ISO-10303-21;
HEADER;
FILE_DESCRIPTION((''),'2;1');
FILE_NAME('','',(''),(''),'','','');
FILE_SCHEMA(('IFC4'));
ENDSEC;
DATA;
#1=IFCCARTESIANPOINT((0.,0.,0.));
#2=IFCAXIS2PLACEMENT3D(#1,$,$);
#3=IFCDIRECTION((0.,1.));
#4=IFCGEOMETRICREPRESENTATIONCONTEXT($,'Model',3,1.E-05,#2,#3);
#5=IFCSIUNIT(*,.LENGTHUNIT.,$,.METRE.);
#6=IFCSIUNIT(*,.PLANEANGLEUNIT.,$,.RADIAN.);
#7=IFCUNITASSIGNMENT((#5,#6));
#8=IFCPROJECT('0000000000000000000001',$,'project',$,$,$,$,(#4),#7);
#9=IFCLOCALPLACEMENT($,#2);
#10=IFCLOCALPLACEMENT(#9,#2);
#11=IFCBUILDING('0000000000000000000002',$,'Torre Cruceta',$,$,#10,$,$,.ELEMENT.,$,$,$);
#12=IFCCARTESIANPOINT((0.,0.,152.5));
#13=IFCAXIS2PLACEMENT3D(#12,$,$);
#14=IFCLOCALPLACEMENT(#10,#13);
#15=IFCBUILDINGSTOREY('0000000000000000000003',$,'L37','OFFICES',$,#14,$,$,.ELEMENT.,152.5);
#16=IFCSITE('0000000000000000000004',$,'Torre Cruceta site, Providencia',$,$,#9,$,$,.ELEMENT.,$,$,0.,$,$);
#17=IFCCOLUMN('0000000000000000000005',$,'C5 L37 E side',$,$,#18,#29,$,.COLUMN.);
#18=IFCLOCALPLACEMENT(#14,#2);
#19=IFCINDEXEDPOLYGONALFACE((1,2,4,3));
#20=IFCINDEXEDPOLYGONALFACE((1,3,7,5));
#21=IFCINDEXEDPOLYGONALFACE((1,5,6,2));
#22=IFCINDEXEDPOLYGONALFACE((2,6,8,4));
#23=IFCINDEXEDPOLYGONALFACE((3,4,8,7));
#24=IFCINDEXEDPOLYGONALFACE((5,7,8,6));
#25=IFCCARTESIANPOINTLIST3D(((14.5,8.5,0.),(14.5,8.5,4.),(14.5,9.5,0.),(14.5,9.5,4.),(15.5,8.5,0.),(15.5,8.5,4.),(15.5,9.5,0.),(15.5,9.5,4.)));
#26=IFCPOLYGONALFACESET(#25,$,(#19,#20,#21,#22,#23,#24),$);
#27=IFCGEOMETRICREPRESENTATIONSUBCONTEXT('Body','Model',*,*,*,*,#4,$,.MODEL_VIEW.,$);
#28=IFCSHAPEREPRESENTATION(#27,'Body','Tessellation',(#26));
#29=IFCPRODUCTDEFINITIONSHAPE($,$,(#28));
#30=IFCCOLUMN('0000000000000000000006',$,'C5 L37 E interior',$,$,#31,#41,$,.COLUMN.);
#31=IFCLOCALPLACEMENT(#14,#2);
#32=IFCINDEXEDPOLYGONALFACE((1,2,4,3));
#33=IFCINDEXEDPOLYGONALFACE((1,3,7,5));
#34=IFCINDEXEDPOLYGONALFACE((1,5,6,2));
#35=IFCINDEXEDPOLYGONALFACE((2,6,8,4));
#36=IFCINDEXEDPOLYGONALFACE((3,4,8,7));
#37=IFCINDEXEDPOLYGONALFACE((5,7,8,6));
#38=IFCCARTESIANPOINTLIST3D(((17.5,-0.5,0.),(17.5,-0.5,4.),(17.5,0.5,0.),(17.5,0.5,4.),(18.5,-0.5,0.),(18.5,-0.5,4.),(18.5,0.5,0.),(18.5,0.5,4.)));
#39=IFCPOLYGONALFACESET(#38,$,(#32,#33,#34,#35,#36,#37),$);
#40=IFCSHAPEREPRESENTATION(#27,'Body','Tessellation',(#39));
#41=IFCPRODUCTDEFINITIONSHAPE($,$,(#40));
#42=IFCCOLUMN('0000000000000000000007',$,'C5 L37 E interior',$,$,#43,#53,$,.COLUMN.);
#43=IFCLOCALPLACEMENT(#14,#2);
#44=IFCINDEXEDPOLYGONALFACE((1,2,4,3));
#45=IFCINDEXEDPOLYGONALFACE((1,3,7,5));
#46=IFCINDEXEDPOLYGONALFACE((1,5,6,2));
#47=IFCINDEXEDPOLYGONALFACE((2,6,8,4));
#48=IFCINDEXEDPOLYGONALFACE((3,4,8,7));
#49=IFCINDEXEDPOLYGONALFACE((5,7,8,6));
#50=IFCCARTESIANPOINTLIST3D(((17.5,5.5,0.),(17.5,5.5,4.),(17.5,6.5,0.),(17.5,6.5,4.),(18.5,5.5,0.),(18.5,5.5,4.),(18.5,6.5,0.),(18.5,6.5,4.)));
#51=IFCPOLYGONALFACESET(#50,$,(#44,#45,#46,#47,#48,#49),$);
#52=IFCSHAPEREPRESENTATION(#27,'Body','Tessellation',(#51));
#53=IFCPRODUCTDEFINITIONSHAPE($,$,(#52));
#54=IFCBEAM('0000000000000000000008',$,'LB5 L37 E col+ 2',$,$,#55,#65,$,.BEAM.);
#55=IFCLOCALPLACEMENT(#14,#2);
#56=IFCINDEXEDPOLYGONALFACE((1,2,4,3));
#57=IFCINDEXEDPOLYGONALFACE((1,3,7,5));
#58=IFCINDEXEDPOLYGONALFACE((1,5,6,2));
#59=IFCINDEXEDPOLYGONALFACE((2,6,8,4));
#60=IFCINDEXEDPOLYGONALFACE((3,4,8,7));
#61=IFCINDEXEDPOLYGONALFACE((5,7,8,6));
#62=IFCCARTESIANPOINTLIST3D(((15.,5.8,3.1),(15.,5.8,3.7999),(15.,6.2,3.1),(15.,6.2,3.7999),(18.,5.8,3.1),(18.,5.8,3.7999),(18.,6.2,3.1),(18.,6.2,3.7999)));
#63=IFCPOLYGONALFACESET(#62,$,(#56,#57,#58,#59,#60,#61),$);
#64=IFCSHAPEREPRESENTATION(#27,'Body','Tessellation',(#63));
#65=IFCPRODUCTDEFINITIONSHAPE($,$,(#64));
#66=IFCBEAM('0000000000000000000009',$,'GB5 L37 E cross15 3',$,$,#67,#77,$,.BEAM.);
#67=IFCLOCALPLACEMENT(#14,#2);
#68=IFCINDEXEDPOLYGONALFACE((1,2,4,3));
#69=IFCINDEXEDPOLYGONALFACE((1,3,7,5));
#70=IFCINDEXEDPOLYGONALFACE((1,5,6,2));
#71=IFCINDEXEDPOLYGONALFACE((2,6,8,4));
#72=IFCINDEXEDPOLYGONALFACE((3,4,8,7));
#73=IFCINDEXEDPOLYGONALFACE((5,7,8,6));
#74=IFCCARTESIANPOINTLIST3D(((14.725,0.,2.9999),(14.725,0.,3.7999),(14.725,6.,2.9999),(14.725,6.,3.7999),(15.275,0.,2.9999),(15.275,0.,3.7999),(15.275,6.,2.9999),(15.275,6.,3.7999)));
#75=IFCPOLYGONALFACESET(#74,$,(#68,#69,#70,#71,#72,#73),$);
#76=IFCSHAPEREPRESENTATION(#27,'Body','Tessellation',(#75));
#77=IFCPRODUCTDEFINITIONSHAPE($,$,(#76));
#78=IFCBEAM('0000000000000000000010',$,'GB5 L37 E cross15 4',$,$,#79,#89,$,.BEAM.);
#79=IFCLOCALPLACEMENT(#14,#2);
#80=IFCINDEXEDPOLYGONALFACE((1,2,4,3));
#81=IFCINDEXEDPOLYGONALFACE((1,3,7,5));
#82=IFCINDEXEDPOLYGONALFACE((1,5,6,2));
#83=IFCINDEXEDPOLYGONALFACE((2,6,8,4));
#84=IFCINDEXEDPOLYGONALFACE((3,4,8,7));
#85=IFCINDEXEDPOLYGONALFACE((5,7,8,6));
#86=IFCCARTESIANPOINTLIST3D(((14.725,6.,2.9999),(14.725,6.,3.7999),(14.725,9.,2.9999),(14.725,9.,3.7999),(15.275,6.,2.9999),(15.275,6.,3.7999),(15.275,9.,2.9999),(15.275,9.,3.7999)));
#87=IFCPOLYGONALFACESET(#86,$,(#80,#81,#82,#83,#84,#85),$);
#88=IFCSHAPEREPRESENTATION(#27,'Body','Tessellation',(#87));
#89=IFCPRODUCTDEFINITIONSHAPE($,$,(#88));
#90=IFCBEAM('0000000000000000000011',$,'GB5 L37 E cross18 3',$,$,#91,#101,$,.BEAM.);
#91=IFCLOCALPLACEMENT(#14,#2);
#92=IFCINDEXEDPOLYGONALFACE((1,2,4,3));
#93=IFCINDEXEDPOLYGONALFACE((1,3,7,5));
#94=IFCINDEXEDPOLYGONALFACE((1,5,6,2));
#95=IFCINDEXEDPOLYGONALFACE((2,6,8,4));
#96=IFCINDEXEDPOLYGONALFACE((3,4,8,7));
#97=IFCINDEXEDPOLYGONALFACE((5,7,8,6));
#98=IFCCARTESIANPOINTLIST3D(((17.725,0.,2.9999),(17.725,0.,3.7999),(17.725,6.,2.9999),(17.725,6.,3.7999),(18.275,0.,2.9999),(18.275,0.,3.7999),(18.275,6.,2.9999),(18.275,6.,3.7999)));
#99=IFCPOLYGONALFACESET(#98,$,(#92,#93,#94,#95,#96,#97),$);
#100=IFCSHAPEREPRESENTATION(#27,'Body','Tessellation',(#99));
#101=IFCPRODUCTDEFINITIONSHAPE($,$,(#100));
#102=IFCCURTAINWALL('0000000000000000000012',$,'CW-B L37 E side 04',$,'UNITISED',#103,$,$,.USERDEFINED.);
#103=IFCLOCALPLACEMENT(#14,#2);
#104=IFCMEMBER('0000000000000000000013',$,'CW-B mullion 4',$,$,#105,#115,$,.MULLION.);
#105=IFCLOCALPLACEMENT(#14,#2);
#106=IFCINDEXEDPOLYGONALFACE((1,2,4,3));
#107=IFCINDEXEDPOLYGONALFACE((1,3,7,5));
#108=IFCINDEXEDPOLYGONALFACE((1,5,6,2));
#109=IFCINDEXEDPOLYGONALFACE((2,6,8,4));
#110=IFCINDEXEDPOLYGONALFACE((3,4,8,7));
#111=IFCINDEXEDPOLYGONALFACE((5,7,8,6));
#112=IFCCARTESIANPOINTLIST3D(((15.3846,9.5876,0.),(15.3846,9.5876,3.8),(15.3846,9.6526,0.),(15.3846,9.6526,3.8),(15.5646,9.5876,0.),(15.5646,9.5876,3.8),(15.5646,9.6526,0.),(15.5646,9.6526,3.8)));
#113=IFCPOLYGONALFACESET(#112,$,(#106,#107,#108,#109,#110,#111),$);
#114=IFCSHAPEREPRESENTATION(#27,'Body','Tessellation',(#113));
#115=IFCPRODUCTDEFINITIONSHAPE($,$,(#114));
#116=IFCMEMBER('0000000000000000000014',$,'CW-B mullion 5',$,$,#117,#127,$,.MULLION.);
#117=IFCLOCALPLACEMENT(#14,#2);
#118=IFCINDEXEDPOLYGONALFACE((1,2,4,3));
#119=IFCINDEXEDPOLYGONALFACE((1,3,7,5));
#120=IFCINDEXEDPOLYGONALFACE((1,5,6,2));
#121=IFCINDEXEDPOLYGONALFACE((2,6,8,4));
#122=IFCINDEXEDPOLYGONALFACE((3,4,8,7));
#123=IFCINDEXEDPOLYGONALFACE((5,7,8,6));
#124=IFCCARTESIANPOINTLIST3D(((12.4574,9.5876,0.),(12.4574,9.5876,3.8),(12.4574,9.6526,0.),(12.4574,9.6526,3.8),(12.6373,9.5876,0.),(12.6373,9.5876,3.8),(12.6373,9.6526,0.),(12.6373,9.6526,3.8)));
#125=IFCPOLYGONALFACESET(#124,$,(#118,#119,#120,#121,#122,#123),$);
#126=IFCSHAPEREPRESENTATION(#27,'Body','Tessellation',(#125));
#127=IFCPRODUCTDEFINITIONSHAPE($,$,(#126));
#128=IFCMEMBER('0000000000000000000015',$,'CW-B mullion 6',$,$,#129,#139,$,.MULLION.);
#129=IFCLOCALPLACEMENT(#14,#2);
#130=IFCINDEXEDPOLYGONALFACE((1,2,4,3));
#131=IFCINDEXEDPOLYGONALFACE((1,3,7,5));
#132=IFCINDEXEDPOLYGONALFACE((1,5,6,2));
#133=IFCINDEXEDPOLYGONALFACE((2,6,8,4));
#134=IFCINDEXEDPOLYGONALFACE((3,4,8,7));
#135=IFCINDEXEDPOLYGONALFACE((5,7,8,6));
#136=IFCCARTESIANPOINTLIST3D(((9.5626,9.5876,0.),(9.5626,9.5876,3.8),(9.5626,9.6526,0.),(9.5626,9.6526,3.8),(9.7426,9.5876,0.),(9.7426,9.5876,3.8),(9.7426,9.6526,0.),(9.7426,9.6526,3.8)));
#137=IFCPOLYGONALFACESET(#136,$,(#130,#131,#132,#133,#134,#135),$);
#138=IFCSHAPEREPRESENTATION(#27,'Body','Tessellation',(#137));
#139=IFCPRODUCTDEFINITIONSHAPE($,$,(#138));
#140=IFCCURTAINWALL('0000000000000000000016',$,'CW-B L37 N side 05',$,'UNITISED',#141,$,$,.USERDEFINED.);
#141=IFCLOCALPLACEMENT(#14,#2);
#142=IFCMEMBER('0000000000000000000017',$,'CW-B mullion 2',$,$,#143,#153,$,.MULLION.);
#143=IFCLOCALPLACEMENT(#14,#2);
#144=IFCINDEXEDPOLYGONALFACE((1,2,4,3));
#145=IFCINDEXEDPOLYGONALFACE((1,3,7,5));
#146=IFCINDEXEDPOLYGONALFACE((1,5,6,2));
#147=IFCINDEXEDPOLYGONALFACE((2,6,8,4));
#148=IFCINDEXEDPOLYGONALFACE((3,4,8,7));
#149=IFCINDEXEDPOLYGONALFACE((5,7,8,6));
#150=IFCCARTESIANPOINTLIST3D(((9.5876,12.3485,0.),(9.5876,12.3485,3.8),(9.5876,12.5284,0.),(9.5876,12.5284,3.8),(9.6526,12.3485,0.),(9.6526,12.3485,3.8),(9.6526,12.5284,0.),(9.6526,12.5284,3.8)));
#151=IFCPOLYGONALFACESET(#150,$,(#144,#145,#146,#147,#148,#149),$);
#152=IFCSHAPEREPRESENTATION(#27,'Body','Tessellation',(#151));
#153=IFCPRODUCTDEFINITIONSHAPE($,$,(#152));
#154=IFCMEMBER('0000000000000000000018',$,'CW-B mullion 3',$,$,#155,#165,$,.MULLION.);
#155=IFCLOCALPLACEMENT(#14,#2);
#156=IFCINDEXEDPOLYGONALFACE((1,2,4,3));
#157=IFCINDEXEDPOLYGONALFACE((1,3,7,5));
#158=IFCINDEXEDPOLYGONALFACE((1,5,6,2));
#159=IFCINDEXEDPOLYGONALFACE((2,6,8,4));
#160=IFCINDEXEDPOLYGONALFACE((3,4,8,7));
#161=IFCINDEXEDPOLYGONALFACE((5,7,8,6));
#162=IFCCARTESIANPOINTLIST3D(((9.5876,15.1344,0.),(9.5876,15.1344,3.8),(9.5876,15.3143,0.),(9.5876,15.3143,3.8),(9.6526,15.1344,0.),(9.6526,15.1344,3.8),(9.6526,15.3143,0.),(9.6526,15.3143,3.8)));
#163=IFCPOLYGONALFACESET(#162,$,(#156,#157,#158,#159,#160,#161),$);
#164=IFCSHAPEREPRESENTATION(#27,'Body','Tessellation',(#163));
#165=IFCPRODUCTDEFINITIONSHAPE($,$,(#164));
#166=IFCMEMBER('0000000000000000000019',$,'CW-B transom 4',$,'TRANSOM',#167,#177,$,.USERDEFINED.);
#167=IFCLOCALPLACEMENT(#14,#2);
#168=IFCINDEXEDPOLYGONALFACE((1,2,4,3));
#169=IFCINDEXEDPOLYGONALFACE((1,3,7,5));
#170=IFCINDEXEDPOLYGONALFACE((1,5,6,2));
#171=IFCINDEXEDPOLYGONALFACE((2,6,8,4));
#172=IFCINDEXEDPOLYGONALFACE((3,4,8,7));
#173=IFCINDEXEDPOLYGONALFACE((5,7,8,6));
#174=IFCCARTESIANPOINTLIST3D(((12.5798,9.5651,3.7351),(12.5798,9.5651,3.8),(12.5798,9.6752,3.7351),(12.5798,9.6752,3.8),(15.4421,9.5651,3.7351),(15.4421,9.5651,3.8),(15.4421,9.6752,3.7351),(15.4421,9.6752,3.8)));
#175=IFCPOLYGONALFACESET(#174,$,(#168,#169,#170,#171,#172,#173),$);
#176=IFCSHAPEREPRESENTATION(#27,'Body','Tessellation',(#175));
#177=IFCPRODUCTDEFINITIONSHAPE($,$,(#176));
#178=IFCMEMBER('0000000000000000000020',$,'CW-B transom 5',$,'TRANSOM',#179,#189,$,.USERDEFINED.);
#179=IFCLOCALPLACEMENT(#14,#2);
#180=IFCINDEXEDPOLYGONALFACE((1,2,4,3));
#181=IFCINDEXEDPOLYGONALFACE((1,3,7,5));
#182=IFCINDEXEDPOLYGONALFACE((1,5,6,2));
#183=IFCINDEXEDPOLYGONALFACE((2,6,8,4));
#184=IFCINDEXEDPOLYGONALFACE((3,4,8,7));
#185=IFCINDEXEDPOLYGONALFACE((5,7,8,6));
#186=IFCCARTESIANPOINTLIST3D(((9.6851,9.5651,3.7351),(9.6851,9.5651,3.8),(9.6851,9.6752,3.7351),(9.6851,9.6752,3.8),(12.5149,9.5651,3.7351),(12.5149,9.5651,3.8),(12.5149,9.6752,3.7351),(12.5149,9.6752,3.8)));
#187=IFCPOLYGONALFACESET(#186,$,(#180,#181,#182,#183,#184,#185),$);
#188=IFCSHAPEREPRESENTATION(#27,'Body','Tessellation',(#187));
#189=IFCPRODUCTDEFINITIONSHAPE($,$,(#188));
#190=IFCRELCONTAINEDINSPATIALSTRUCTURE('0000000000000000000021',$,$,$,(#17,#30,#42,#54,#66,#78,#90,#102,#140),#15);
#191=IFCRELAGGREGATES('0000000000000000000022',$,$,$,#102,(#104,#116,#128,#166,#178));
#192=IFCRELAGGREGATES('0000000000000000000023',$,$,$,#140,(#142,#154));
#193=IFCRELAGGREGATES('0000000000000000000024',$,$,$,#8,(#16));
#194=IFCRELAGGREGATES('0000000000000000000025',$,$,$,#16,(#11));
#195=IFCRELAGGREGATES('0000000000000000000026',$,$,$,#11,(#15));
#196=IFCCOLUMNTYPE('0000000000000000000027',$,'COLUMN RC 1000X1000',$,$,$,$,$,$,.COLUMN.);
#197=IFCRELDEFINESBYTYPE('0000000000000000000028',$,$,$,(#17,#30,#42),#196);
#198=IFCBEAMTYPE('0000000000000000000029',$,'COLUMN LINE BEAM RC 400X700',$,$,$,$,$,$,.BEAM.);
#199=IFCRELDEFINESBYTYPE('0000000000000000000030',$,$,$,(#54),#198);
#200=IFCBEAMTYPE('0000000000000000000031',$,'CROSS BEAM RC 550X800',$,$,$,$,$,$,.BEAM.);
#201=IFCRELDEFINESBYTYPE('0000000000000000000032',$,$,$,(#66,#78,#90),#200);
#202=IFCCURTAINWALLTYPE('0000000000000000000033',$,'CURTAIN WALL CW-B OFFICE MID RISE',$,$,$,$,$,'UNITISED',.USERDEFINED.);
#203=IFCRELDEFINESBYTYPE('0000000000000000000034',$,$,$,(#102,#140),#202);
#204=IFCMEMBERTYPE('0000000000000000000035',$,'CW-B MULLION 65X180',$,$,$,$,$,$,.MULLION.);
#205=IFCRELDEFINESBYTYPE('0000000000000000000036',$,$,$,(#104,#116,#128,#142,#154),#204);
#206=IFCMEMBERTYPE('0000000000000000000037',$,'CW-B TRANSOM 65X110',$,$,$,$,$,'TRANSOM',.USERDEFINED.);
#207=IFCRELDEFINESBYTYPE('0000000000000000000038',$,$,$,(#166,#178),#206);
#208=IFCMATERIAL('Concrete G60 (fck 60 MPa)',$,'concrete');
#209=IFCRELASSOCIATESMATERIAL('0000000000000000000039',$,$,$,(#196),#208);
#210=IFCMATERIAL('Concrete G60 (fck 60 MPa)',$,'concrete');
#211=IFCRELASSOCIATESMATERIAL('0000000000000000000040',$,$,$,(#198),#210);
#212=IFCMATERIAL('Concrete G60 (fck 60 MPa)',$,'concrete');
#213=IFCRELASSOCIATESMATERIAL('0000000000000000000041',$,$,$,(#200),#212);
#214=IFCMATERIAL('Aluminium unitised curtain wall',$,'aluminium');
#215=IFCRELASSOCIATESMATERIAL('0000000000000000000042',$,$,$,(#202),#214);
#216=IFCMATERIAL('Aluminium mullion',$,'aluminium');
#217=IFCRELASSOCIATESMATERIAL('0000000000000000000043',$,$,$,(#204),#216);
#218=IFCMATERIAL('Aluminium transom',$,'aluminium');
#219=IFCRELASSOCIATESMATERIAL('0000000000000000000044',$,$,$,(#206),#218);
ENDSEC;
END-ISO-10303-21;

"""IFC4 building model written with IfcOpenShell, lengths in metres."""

from ifc_helpers import new_model, si_unit, direction, frame, origin, origin_2d, place, context, subcontext, project, spatial, rectangle, extrude, material, material_profile, profile_set, type_object, element, aggregate, save


model = new_model("IFC4")

# Units and contexts
model_context = context("Model", 3, precision=1e-05, world=origin(), true_north=direction((0.0, 1.0)))
body_context = subcontext(model_context, "Body", "Model", "MODEL_VIEW")
ifc_project = project(units=[si_unit("LENGTHUNIT", "METRE"), si_unit("PLANEANGLEUNIT", "RADIAN")], contexts=[model_context])

# Site, building, storey
site_placement = place(None, origin())
site = spatial("IfcSite", under=ifc_project, at=site_placement, Name="Torre Cruceta site, Providencia", CompositionType="ELEMENT", RefElevation=0.0)
building_placement = place(site_placement, origin())
building = spatial("IfcBuilding", under=site, at=building_placement, Name="Torre Cruceta", CompositionType="ELEMENT")
storey_placement = place(building_placement, frame((0.0, 0.0, 152.5)))
storey = spatial("IfcBuildingStorey", under=building, at=storey_placement, Name="L37", Description="OFFICES", CompositionType="ELEMENT", Elevation=152.5)

# Columns
ifc_material_1 = material(Name="Concrete G60 (fck 60 MPa)", Category="concrete")
ifc_material_profile_1 = material_profile(ifc_material_1, rectangle(XDim=1.0, YDim=1.0, at=origin_2d()), Name="RC 1000X1000")
ifc_profile_set_1 = profile_set([ifc_material_profile_1], Name="Concrete G60 (fck 60 MPa)")
column_type = type_object("IfcColumnType", Name="COLUMN RC 1000X1000", PredefinedType="COLUMN", material=ifc_profile_set_1)
for number, where, z_axis, x_axis, name in (
    (1, (15.0, 9.0, 0.0), (0.0, 0.0, 1.0), (1.0, 0.0, 0.0), "C5 L37 E side"),
    (2, (18.0, 0.0, 0.0), (0.0, 0.0, 1.0), (1.0, 0.0, 0.0), "C5 L37 E interior"),
    (3, (18.0, 6.0, 0.0), (0.0, 0.0, 1.0), (1.0, 0.0, 0.0), "C5 L37 E interior"),
):
    element("IfcColumn", number, at=place(storey_placement, frame(where, z_axis=z_axis, x_axis=x_axis)), inside=storey, type_object=column_type, Name=name, PredefinedType="COLUMN", context=body_context, shape_type="SweptSolid", body=[
        extrude(rectangle(XDim=1.0, YDim=1.0, at=origin_2d()), origin(), (0.0, 0.0, 1.0), 4.0),
    ])

# Beams
ifc_material_2 = material(Name="Concrete G60 (fck 60 MPa)", Category="concrete")
ifc_material_profile_2 = material_profile(ifc_material_2, rectangle(XDim=0.3999, YDim=0.7, at=origin_2d()), Name="RC 400X700")
ifc_profile_set_2 = profile_set([ifc_material_profile_2], Name="Concrete G60 (fck 60 MPa)")
beam_type_1 = type_object("IfcBeamType", Name="COLUMN LINE BEAM RC 400X700", PredefinedType="BEAM", material=ifc_profile_set_2)
beam_1_placement = place(storey_placement, frame((15.0, 6.0, 3.45), z_axis=(1.0, 0.0, 0.0), x_axis=(0.0, 1.0, 0.0)))
element("IfcBeam", 4, at=beam_1_placement, inside=storey, type_object=beam_type_1, Name="LB5 L37 E col+ 2", PredefinedType="BEAM", context=body_context, shape_type="SweptSolid", body=[
    extrude(rectangle(XDim=0.3999, YDim=0.7, at=origin_2d()), origin(), (0.0, 0.0, 1.0), 3.0),
])
ifc_material_3 = material(Name="Concrete G60 (fck 60 MPa)", Category="concrete")
ifc_material_profile_3 = material_profile(ifc_material_3, rectangle(XDim=0.55, YDim=0.8, at=origin_2d()), Name="RC 550X800")
ifc_profile_set_3 = profile_set([ifc_material_profile_3], Name="Concrete G60 (fck 60 MPa)")
beam_type_2 = type_object("IfcBeamType", Name="CROSS BEAM RC 550X800", PredefinedType="BEAM", material=ifc_profile_set_3)
beam_2_placement = place(storey_placement, frame((15.0, 0.0, 3.3999), z_axis=(0.0, 1.0, 0.0), x_axis=(-1.0, 0.0, 0.0)))
element("IfcBeam", 5, at=beam_2_placement, inside=storey, type_object=beam_type_2, Name="GB5 L37 E cross15 3", PredefinedType="BEAM", context=body_context, shape_type="SweptSolid", body=[
    extrude(rectangle(XDim=0.55, YDim=0.8, at=origin_2d()), origin(), (0.0, 0.0, 1.0), 6.0),
])
beam_3_placement = place(storey_placement, frame((15.0, 6.0, 3.3999), z_axis=(0.0, 1.0, 0.0), x_axis=(-1.0, 0.0, 0.0)))
element("IfcBeam", 6, at=beam_3_placement, inside=storey, type_object=beam_type_2, Name="GB5 L37 E cross15 4", PredefinedType="BEAM", context=body_context, shape_type="SweptSolid", body=[
    extrude(rectangle(XDim=0.55, YDim=0.8, at=origin_2d()), origin(), (0.0, 0.0, 1.0), 3.0),
])
beam_4_placement = place(storey_placement, frame((18.0, 0.0, 3.3999), z_axis=(0.0, 1.0, 0.0), x_axis=(-1.0, 0.0, 0.0)))
element("IfcBeam", 7, at=beam_4_placement, inside=storey, type_object=beam_type_2, Name="GB5 L37 E cross18 3", PredefinedType="BEAM", context=body_context, shape_type="SweptSolid", body=[
    extrude(rectangle(XDim=0.55, YDim=0.8, at=origin_2d()), origin(), (0.0, 0.0, 1.0), 6.0),
])

# Curtain walls, members
ifc_material_4 = material(Name="Aluminium unitised curtain wall", Category="aluminium")
curtain_wall_type = type_object("IfcCurtainWallType", Name="CURTAIN WALL CW-B OFFICE MID RISE", ElementType="UNITISED", PredefinedType="USERDEFINED", material=ifc_material_4)
curtain_wall_1_placement = place(storey_placement, origin())
curtain_wall_1 = element("IfcCurtainWall", 8, at=curtain_wall_1_placement, inside=storey, type_object=curtain_wall_type, Name="CW-B L37 E side 04", ObjectType="UNITISED", PredefinedType="USERDEFINED")
ifc_material_5 = material(Name="Aluminium mullion", Category="aluminium")
ifc_material_profile_4 = material_profile(ifc_material_5, rectangle(XDim=0.0649, YDim=0.1799, at=origin_2d()), Name="AL 65X180")
ifc_profile_set_4 = profile_set([ifc_material_profile_4], Name="Aluminium mullion")
member_type_1 = type_object("IfcMemberType", Name="CW-B MULLION 65X180", PredefinedType="MULLION", material=ifc_profile_set_4)
member_1_placement = place(storey_placement, frame((15.4746, 9.6201, 0.0), z_axis=(0.0, 0.0, 1.0), x_axis=(0.0, -1.0, 0.0)))
member_1 = element("IfcMember", 9, at=member_1_placement, type_object=member_type_1, Name="CW-B mullion 4", PredefinedType="MULLION", context=body_context, shape_type="SweptSolid", body=[
    extrude(rectangle(XDim=0.0649, YDim=0.1799, at=origin_2d()), origin(), (0.0, 0.0, 1.0), 3.8),
])
member_2_placement = place(storey_placement, frame((12.5474, 9.6201, 0.0), z_axis=(0.0, 0.0, 1.0), x_axis=(0.0, -1.0, 0.0)))
member_2 = element("IfcMember", 10, at=member_2_placement, type_object=member_type_1, Name="CW-B mullion 5", PredefinedType="MULLION", context=body_context, shape_type="SweptSolid", body=[
    extrude(rectangle(XDim=0.0649, YDim=0.1799, at=origin_2d()), origin(), (0.0, 0.0, 1.0), 3.8),
])
member_3_placement = place(storey_placement, frame((9.6526, 9.6201, 0.0), z_axis=(0.0, 0.0, 1.0), x_axis=(0.0, -1.0, 0.0)))
member_3 = element("IfcMember", 11, at=member_3_placement, type_object=member_type_1, Name="CW-B mullion 6", PredefinedType="MULLION", context=body_context, shape_type="SweptSolid", body=[
    extrude(rectangle(XDim=0.0649, YDim=0.1799, at=origin_2d()), origin(), (0.0, 0.0, 1.0), 3.8),
])
curtain_wall_2_placement = place(storey_placement, origin())
curtain_wall_2 = element("IfcCurtainWall", 12, at=curtain_wall_2_placement, inside=storey, type_object=curtain_wall_type, Name="CW-B L37 N side 05", ObjectType="UNITISED", PredefinedType="USERDEFINED")
member_4_placement = place(storey_placement, frame((9.6201, 12.4385, 0.0), z_axis=(0.0, 0.0, 1.0), x_axis=(-1.0, 0.0, 0.0)))
member_4 = element("IfcMember", 13, at=member_4_placement, type_object=member_type_1, Name="CW-B mullion 2", PredefinedType="MULLION", context=body_context, shape_type="SweptSolid", body=[
    extrude(rectangle(XDim=0.0649, YDim=0.1799, at=origin_2d()), origin(), (0.0, 0.0, 1.0), 3.8),
])
member_5_placement = place(storey_placement, frame((9.6201, 15.2244, 0.0), z_axis=(0.0, 0.0, 1.0), x_axis=(-1.0, 0.0, 0.0)))
member_5 = element("IfcMember", 14, at=member_5_placement, type_object=member_type_1, Name="CW-B mullion 3", PredefinedType="MULLION", context=body_context, shape_type="SweptSolid", body=[
    extrude(rectangle(XDim=0.0649, YDim=0.1799, at=origin_2d()), origin(), (0.0, 0.0, 1.0), 3.8),
])

# Members
ifc_material_6 = material(Name="Aluminium transom", Category="aluminium")
ifc_material_profile_5 = material_profile(ifc_material_6, rectangle(XDim=0.1101, YDim=0.0649, at=origin_2d()), Name="AL 110X65")
ifc_profile_set_5 = profile_set([ifc_material_profile_5], Name="Aluminium transom")
member_type_2 = type_object("IfcMemberType", Name="CW-B TRANSOM 65X110", ElementType="TRANSOM", PredefinedType="USERDEFINED", material=ifc_profile_set_5)
member_6_placement = place(storey_placement, frame((15.4421, 9.6201, 3.7676), z_axis=(-1.0, 0.0, 0.0), x_axis=(0.0, -1.0, 0.0)))
member_6 = element("IfcMember", 15, at=member_6_placement, type_object=member_type_2, Name="CW-B transom 4", ObjectType="TRANSOM", PredefinedType="USERDEFINED", context=body_context, shape_type="SweptSolid", body=[
    extrude(rectangle(XDim=0.1101, YDim=0.0649, at=origin_2d()), origin(), (0.0, 0.0, 1.0), 2.8623),
])
member_7_placement = place(storey_placement, frame((12.5149, 9.6201, 3.7676), z_axis=(-1.0, 0.0, 0.0), x_axis=(0.0, -1.0, 0.0)))
member_7 = element("IfcMember", 16, at=member_7_placement, type_object=member_type_2, Name="CW-B transom 5", ObjectType="TRANSOM", PredefinedType="USERDEFINED", context=body_context, shape_type="SweptSolid", body=[
    extrude(rectangle(XDim=0.1101, YDim=0.0649, at=origin_2d()), origin(), (0.0, 0.0, 1.0), 2.8298),
])

aggregate(curtain_wall_1, [member_1, member_2, member_3, member_6, member_7])
aggregate(curtain_wall_2, [member_4, member_5])

save(model, "model.ifc")
